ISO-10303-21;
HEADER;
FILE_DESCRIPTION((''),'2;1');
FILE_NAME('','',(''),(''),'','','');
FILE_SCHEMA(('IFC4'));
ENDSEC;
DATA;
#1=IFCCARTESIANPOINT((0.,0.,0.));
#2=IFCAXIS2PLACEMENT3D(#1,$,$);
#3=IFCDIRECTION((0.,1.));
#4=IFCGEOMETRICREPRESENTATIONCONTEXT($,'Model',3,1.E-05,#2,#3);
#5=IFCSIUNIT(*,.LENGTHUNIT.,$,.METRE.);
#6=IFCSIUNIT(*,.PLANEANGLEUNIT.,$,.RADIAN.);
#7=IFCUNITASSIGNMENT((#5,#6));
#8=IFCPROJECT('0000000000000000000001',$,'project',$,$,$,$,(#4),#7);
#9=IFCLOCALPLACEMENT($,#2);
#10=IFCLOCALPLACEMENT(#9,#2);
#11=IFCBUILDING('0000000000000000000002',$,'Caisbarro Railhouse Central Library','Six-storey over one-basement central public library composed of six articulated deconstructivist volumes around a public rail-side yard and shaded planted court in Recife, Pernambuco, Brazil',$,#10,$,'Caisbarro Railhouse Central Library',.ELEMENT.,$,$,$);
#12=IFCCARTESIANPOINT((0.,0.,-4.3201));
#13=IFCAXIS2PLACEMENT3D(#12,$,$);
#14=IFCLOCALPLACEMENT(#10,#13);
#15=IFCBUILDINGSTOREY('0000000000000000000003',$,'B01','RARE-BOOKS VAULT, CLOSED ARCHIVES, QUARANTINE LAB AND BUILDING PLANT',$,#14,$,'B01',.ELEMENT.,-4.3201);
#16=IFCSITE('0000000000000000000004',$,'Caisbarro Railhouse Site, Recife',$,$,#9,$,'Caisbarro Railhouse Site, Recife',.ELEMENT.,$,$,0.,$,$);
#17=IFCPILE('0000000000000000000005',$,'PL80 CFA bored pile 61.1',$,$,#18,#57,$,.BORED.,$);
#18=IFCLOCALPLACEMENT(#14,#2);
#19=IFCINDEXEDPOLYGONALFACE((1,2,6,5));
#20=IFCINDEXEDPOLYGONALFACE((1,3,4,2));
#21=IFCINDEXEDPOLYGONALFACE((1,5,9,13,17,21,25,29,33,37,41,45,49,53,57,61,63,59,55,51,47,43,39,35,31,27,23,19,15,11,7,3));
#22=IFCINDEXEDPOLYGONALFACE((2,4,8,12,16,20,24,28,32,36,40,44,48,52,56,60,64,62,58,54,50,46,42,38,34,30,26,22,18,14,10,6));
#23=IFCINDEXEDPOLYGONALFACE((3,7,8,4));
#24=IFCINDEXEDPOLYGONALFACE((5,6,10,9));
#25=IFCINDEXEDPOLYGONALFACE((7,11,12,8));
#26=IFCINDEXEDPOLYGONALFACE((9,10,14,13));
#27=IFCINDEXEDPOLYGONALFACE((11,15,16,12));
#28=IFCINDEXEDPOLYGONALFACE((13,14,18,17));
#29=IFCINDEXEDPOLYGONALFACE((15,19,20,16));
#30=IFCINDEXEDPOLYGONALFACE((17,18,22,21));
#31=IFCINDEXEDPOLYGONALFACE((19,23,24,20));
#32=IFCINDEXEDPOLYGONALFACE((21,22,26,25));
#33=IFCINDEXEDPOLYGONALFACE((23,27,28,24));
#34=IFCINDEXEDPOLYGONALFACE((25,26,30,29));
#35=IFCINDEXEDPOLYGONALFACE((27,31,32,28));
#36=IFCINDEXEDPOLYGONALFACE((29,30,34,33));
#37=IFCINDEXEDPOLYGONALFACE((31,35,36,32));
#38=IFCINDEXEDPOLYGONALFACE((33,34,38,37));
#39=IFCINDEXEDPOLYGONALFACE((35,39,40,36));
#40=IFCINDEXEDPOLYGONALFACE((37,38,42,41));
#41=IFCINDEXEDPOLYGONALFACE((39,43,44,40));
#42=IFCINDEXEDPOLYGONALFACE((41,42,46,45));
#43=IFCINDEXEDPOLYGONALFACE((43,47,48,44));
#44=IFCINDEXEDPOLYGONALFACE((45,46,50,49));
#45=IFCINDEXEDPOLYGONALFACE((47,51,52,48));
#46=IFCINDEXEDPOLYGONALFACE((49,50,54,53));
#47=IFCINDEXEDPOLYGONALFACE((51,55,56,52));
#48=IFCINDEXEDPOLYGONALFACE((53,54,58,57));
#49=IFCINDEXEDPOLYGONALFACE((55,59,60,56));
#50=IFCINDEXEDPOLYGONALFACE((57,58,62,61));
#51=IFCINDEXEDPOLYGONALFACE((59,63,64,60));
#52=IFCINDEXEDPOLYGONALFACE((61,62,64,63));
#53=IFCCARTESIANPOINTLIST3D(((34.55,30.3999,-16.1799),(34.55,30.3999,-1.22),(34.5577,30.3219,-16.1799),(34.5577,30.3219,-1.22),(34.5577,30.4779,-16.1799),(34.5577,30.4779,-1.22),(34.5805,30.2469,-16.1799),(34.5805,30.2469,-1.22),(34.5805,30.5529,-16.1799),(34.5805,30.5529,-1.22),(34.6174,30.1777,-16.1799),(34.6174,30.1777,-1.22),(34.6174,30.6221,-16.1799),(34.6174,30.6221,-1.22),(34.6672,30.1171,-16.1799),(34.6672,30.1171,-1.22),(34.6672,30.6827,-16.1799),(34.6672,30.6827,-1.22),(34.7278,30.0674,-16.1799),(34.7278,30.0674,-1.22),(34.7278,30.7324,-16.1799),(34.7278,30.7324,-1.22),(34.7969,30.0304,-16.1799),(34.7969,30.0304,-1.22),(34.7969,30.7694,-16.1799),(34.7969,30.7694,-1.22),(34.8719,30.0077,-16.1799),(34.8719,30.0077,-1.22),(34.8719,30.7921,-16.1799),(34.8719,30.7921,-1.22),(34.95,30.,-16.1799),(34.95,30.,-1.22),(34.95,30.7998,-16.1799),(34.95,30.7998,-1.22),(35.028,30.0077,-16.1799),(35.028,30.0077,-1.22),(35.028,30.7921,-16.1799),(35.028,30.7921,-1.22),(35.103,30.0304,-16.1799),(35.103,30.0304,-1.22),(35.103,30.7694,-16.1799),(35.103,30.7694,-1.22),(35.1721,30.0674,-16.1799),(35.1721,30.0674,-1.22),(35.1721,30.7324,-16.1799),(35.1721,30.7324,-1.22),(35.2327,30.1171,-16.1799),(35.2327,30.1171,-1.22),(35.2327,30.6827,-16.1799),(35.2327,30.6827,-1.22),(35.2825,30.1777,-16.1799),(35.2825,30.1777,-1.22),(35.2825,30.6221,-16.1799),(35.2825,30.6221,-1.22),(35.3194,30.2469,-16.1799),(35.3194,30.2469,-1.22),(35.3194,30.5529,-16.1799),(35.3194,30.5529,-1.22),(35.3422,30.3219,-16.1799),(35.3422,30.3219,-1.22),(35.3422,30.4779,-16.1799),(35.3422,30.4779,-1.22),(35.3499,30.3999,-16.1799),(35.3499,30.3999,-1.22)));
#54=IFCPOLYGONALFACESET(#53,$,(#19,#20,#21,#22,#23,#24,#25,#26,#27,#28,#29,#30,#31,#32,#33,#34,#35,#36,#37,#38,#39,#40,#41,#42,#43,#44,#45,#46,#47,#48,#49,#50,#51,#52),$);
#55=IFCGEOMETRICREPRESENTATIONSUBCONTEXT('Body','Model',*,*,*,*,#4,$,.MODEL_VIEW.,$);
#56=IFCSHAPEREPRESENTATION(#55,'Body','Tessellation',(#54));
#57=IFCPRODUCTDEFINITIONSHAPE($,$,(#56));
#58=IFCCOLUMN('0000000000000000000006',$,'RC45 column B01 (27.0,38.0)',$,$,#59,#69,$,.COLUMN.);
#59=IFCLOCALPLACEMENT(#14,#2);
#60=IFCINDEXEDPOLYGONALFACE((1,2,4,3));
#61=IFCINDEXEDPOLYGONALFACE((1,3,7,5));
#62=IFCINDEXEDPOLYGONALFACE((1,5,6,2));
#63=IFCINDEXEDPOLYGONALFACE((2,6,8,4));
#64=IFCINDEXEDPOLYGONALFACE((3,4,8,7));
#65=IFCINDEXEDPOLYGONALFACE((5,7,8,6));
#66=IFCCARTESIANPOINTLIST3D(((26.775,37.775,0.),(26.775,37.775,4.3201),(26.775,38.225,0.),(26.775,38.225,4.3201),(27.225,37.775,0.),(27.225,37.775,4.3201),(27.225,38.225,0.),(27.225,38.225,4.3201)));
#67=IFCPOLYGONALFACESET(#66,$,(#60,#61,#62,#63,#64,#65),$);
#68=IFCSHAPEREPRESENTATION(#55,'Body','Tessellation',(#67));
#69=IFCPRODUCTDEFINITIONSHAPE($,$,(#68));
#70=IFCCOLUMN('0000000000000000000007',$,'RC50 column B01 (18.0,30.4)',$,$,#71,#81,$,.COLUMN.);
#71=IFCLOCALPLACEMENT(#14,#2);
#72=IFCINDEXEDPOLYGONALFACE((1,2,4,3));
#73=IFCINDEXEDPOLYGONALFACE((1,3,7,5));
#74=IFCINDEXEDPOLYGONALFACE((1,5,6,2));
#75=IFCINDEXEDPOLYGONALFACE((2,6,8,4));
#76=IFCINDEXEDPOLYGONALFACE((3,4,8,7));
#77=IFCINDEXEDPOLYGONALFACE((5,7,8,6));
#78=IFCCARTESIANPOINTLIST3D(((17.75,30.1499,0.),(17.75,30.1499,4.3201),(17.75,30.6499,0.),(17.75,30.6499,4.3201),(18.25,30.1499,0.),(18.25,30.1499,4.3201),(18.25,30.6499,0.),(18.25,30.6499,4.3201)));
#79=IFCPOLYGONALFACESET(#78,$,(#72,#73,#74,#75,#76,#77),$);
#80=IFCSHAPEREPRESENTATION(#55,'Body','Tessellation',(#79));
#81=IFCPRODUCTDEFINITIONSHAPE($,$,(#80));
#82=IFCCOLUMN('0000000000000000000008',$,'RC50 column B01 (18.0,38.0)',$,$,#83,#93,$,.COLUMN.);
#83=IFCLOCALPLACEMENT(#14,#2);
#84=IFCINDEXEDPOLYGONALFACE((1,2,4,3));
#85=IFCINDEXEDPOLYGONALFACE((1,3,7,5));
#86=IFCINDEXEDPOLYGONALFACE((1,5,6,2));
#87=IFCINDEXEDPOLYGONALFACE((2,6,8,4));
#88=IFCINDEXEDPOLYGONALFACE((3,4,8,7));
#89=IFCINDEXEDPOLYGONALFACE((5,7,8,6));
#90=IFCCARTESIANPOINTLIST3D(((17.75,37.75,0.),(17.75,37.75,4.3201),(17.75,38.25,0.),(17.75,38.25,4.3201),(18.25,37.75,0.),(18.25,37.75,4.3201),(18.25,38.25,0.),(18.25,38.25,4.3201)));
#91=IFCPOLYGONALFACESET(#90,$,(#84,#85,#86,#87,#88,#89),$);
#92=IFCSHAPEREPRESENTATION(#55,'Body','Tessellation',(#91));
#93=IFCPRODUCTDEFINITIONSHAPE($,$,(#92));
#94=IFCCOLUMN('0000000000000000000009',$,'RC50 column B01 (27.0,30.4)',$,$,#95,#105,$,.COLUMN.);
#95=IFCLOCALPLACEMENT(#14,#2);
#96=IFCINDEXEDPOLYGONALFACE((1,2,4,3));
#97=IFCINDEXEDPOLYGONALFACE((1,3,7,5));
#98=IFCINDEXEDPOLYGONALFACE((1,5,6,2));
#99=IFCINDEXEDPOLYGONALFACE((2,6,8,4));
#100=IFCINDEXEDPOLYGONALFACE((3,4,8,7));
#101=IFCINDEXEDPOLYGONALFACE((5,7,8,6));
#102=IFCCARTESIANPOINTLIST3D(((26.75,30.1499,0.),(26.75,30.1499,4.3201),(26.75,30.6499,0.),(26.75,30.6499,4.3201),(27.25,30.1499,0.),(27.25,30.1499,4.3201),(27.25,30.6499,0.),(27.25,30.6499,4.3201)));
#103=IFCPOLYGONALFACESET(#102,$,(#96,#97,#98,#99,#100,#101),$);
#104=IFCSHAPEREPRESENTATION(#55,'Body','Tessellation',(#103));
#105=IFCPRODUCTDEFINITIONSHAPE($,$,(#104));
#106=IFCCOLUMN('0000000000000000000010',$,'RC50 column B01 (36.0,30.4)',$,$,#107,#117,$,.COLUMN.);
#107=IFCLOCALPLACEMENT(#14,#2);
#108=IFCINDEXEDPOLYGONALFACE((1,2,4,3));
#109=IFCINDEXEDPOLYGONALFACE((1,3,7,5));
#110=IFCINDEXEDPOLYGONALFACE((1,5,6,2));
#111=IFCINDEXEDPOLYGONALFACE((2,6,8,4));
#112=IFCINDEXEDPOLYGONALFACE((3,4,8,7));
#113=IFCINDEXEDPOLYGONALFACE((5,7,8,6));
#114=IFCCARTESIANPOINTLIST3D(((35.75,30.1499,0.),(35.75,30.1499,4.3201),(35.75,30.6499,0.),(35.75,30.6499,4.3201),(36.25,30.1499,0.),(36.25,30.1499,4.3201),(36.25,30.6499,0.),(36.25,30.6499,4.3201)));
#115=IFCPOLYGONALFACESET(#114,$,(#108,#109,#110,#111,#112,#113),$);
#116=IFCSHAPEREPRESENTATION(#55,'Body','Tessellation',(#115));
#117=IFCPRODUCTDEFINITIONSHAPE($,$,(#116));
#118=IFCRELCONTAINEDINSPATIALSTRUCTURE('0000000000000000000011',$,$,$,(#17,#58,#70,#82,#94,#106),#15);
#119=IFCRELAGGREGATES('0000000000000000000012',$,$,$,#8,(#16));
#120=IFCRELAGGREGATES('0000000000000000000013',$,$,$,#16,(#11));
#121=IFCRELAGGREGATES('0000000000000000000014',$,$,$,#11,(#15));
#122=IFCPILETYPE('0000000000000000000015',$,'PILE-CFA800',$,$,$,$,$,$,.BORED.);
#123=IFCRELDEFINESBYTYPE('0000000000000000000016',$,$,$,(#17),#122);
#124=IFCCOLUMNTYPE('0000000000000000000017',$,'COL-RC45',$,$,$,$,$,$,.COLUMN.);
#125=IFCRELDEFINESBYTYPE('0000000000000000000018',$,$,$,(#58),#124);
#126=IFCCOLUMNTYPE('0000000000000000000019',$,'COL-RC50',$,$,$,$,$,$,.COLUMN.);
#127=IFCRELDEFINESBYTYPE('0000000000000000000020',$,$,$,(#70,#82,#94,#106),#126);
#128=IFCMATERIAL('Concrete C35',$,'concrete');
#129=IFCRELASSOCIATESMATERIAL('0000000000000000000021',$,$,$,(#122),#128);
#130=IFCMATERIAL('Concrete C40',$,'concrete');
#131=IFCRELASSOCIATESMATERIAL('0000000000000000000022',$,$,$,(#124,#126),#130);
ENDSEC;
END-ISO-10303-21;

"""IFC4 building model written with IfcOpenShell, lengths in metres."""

from ifc_helpers import new_model, si_unit, direction, frame, origin, origin_2d, place, context, subcontext, project, spatial, rectangle, circle, extrude, material, material_profile, profile_set, type_object, element, save


model = new_model("IFC4")

# Units and contexts
model_context = context("Model", 3, precision=1e-05, world=origin(), true_north=direction((0.0, 1.0)))
body_context = subcontext(model_context, "Body", "Model", "MODEL_VIEW")
ifc_project = project(units=[si_unit("LENGTHUNIT", "METRE"), si_unit("PLANEANGLEUNIT", "RADIAN")], contexts=[model_context])

# Site, building, storey
site_placement = place(None, origin())
site = spatial("IfcSite", under=ifc_project, at=site_placement, Name="Caisbarro Railhouse Site, Recife", LongName="Caisbarro Railhouse Site, Recife", CompositionType="ELEMENT", RefElevation=0.0)
building_placement = place(site_placement, origin())
building = spatial("IfcBuilding", under=site, at=building_placement, Name="Caisbarro Railhouse Central Library", Description="Six-storey over one-basement central public library composed of six articulated deconstructivist volumes around a public rail-side yard and shaded planted court in Recife, Pernambuco, Brazil", LongName="Caisbarro Railhouse Central Library", CompositionType="ELEMENT")
storey_placement = place(building_placement, frame((0.0, 0.0, -4.3201)))
storey = spatial("IfcBuildingStorey", under=building, at=storey_placement, Name="B01", Description="RARE-BOOKS VAULT, CLOSED ARCHIVES, QUARANTINE LAB AND BUILDING PLANT", LongName="B01", CompositionType="ELEMENT", Elevation=-4.3201)

# Shared definitions
ifc_material_1 = material(Name="Concrete C35", Category="concrete")
ifc_material_2 = material(Name="Concrete C40", Category="concrete")

# Pile
ifc_material_profile_1 = material_profile(ifc_material_1, circle(Radius=0.3999, at=origin_2d()), Name="PILE-CFA-800")
ifc_profile_set_1 = profile_set([ifc_material_profile_1], Name="Concrete C35")
pile_type_1 = type_object("IfcPileType", Name="PILE-CFA800", PredefinedType="BORED", material=ifc_profile_set_1)
for number, where, z_axis, x_axis, name in (
    (1, (34.95, 30.3999, -1.22), (0.0, 0.0, -1.0), (1.0, 0.0, 0.0), "PL80 CFA bored pile 61.1"),
):
    element("IfcPile", number, at=place(storey_placement, frame(where, z_axis=z_axis, x_axis=x_axis)), inside=storey, type_object=pile_type_1, Name=name, PredefinedType="BORED", context=body_context, shape_type="SweptSolid", body=[
        extrude(circle(Radius=0.3999, at=origin_2d()), origin(), (0.0, 0.0, 1.0), 14.96),
    ])

# Columns
ifc_material_profile_2 = material_profile(ifc_material_2, rectangle(XDim=0.45, YDim=0.45, at=origin_2d()), Name="RC-COL-450X450")
ifc_profile_set_2 = profile_set([ifc_material_profile_2], Name="Concrete C40")
column_type_1 = type_object("IfcColumnType", Name="COL-RC45", PredefinedType="COLUMN", material=ifc_profile_set_2)
column_placement = place(storey_placement, frame((27.0, 38.0, 0.0), z_axis=(0.0, 0.0, 1.0), x_axis=(1.0, 0.0, 0.0)))
element("IfcColumn", 2, at=column_placement, inside=storey, type_object=column_type_1, Name="RC45 column B01 (27.0,38.0)", PredefinedType="COLUMN", context=body_context, shape_type="SweptSolid", body=[
    extrude(rectangle(XDim=0.45, YDim=0.45, at=origin_2d()), origin(), (0.0, 0.0, 1.0), 4.3201),
])
ifc_material_profile_3 = material_profile(ifc_material_2, rectangle(XDim=0.5, YDim=0.5, at=origin_2d()), Name="RC-COL-500X500")
ifc_profile_set_3 = profile_set([ifc_material_profile_3], Name="Concrete C40")
column_type_2 = type_object("IfcColumnType", Name="COL-RC50", PredefinedType="COLUMN", material=ifc_profile_set_3)
for number, where, z_axis, x_axis, name in (
    (3, (18.0, 30.3999, 0.0), (0.0, 0.0, 1.0), (1.0, 0.0, 0.0), "RC50 column B01 (18.0,30.4)"),
    (4, (18.0, 38.0, 0.0), (0.0, 0.0, 1.0), (1.0, 0.0, 0.0), "RC50 column B01 (18.0,38.0)"),
    (5, (27.0, 30.3999, 0.0), (0.0, 0.0, 1.0), (1.0, 0.0, 0.0), "RC50 column B01 (27.0,30.4)"),
    (6, (36.0, 30.3999, 0.0), (0.0, 0.0, 1.0), (1.0, 0.0, 0.0), "RC50 column B01 (36.0,30.4)"),
):
    element("IfcColumn", number, at=place(storey_placement, frame(where, z_axis=z_axis, x_axis=x_axis)), inside=storey, type_object=column_type_2, Name=name, PredefinedType="COLUMN", context=body_context, shape_type="SweptSolid", body=[
        extrude(rectangle(XDim=0.5, YDim=0.5, at=origin_2d()), origin(), (0.0, 0.0, 1.0), 4.3201),
    ])

save(model, "model.ifc")
